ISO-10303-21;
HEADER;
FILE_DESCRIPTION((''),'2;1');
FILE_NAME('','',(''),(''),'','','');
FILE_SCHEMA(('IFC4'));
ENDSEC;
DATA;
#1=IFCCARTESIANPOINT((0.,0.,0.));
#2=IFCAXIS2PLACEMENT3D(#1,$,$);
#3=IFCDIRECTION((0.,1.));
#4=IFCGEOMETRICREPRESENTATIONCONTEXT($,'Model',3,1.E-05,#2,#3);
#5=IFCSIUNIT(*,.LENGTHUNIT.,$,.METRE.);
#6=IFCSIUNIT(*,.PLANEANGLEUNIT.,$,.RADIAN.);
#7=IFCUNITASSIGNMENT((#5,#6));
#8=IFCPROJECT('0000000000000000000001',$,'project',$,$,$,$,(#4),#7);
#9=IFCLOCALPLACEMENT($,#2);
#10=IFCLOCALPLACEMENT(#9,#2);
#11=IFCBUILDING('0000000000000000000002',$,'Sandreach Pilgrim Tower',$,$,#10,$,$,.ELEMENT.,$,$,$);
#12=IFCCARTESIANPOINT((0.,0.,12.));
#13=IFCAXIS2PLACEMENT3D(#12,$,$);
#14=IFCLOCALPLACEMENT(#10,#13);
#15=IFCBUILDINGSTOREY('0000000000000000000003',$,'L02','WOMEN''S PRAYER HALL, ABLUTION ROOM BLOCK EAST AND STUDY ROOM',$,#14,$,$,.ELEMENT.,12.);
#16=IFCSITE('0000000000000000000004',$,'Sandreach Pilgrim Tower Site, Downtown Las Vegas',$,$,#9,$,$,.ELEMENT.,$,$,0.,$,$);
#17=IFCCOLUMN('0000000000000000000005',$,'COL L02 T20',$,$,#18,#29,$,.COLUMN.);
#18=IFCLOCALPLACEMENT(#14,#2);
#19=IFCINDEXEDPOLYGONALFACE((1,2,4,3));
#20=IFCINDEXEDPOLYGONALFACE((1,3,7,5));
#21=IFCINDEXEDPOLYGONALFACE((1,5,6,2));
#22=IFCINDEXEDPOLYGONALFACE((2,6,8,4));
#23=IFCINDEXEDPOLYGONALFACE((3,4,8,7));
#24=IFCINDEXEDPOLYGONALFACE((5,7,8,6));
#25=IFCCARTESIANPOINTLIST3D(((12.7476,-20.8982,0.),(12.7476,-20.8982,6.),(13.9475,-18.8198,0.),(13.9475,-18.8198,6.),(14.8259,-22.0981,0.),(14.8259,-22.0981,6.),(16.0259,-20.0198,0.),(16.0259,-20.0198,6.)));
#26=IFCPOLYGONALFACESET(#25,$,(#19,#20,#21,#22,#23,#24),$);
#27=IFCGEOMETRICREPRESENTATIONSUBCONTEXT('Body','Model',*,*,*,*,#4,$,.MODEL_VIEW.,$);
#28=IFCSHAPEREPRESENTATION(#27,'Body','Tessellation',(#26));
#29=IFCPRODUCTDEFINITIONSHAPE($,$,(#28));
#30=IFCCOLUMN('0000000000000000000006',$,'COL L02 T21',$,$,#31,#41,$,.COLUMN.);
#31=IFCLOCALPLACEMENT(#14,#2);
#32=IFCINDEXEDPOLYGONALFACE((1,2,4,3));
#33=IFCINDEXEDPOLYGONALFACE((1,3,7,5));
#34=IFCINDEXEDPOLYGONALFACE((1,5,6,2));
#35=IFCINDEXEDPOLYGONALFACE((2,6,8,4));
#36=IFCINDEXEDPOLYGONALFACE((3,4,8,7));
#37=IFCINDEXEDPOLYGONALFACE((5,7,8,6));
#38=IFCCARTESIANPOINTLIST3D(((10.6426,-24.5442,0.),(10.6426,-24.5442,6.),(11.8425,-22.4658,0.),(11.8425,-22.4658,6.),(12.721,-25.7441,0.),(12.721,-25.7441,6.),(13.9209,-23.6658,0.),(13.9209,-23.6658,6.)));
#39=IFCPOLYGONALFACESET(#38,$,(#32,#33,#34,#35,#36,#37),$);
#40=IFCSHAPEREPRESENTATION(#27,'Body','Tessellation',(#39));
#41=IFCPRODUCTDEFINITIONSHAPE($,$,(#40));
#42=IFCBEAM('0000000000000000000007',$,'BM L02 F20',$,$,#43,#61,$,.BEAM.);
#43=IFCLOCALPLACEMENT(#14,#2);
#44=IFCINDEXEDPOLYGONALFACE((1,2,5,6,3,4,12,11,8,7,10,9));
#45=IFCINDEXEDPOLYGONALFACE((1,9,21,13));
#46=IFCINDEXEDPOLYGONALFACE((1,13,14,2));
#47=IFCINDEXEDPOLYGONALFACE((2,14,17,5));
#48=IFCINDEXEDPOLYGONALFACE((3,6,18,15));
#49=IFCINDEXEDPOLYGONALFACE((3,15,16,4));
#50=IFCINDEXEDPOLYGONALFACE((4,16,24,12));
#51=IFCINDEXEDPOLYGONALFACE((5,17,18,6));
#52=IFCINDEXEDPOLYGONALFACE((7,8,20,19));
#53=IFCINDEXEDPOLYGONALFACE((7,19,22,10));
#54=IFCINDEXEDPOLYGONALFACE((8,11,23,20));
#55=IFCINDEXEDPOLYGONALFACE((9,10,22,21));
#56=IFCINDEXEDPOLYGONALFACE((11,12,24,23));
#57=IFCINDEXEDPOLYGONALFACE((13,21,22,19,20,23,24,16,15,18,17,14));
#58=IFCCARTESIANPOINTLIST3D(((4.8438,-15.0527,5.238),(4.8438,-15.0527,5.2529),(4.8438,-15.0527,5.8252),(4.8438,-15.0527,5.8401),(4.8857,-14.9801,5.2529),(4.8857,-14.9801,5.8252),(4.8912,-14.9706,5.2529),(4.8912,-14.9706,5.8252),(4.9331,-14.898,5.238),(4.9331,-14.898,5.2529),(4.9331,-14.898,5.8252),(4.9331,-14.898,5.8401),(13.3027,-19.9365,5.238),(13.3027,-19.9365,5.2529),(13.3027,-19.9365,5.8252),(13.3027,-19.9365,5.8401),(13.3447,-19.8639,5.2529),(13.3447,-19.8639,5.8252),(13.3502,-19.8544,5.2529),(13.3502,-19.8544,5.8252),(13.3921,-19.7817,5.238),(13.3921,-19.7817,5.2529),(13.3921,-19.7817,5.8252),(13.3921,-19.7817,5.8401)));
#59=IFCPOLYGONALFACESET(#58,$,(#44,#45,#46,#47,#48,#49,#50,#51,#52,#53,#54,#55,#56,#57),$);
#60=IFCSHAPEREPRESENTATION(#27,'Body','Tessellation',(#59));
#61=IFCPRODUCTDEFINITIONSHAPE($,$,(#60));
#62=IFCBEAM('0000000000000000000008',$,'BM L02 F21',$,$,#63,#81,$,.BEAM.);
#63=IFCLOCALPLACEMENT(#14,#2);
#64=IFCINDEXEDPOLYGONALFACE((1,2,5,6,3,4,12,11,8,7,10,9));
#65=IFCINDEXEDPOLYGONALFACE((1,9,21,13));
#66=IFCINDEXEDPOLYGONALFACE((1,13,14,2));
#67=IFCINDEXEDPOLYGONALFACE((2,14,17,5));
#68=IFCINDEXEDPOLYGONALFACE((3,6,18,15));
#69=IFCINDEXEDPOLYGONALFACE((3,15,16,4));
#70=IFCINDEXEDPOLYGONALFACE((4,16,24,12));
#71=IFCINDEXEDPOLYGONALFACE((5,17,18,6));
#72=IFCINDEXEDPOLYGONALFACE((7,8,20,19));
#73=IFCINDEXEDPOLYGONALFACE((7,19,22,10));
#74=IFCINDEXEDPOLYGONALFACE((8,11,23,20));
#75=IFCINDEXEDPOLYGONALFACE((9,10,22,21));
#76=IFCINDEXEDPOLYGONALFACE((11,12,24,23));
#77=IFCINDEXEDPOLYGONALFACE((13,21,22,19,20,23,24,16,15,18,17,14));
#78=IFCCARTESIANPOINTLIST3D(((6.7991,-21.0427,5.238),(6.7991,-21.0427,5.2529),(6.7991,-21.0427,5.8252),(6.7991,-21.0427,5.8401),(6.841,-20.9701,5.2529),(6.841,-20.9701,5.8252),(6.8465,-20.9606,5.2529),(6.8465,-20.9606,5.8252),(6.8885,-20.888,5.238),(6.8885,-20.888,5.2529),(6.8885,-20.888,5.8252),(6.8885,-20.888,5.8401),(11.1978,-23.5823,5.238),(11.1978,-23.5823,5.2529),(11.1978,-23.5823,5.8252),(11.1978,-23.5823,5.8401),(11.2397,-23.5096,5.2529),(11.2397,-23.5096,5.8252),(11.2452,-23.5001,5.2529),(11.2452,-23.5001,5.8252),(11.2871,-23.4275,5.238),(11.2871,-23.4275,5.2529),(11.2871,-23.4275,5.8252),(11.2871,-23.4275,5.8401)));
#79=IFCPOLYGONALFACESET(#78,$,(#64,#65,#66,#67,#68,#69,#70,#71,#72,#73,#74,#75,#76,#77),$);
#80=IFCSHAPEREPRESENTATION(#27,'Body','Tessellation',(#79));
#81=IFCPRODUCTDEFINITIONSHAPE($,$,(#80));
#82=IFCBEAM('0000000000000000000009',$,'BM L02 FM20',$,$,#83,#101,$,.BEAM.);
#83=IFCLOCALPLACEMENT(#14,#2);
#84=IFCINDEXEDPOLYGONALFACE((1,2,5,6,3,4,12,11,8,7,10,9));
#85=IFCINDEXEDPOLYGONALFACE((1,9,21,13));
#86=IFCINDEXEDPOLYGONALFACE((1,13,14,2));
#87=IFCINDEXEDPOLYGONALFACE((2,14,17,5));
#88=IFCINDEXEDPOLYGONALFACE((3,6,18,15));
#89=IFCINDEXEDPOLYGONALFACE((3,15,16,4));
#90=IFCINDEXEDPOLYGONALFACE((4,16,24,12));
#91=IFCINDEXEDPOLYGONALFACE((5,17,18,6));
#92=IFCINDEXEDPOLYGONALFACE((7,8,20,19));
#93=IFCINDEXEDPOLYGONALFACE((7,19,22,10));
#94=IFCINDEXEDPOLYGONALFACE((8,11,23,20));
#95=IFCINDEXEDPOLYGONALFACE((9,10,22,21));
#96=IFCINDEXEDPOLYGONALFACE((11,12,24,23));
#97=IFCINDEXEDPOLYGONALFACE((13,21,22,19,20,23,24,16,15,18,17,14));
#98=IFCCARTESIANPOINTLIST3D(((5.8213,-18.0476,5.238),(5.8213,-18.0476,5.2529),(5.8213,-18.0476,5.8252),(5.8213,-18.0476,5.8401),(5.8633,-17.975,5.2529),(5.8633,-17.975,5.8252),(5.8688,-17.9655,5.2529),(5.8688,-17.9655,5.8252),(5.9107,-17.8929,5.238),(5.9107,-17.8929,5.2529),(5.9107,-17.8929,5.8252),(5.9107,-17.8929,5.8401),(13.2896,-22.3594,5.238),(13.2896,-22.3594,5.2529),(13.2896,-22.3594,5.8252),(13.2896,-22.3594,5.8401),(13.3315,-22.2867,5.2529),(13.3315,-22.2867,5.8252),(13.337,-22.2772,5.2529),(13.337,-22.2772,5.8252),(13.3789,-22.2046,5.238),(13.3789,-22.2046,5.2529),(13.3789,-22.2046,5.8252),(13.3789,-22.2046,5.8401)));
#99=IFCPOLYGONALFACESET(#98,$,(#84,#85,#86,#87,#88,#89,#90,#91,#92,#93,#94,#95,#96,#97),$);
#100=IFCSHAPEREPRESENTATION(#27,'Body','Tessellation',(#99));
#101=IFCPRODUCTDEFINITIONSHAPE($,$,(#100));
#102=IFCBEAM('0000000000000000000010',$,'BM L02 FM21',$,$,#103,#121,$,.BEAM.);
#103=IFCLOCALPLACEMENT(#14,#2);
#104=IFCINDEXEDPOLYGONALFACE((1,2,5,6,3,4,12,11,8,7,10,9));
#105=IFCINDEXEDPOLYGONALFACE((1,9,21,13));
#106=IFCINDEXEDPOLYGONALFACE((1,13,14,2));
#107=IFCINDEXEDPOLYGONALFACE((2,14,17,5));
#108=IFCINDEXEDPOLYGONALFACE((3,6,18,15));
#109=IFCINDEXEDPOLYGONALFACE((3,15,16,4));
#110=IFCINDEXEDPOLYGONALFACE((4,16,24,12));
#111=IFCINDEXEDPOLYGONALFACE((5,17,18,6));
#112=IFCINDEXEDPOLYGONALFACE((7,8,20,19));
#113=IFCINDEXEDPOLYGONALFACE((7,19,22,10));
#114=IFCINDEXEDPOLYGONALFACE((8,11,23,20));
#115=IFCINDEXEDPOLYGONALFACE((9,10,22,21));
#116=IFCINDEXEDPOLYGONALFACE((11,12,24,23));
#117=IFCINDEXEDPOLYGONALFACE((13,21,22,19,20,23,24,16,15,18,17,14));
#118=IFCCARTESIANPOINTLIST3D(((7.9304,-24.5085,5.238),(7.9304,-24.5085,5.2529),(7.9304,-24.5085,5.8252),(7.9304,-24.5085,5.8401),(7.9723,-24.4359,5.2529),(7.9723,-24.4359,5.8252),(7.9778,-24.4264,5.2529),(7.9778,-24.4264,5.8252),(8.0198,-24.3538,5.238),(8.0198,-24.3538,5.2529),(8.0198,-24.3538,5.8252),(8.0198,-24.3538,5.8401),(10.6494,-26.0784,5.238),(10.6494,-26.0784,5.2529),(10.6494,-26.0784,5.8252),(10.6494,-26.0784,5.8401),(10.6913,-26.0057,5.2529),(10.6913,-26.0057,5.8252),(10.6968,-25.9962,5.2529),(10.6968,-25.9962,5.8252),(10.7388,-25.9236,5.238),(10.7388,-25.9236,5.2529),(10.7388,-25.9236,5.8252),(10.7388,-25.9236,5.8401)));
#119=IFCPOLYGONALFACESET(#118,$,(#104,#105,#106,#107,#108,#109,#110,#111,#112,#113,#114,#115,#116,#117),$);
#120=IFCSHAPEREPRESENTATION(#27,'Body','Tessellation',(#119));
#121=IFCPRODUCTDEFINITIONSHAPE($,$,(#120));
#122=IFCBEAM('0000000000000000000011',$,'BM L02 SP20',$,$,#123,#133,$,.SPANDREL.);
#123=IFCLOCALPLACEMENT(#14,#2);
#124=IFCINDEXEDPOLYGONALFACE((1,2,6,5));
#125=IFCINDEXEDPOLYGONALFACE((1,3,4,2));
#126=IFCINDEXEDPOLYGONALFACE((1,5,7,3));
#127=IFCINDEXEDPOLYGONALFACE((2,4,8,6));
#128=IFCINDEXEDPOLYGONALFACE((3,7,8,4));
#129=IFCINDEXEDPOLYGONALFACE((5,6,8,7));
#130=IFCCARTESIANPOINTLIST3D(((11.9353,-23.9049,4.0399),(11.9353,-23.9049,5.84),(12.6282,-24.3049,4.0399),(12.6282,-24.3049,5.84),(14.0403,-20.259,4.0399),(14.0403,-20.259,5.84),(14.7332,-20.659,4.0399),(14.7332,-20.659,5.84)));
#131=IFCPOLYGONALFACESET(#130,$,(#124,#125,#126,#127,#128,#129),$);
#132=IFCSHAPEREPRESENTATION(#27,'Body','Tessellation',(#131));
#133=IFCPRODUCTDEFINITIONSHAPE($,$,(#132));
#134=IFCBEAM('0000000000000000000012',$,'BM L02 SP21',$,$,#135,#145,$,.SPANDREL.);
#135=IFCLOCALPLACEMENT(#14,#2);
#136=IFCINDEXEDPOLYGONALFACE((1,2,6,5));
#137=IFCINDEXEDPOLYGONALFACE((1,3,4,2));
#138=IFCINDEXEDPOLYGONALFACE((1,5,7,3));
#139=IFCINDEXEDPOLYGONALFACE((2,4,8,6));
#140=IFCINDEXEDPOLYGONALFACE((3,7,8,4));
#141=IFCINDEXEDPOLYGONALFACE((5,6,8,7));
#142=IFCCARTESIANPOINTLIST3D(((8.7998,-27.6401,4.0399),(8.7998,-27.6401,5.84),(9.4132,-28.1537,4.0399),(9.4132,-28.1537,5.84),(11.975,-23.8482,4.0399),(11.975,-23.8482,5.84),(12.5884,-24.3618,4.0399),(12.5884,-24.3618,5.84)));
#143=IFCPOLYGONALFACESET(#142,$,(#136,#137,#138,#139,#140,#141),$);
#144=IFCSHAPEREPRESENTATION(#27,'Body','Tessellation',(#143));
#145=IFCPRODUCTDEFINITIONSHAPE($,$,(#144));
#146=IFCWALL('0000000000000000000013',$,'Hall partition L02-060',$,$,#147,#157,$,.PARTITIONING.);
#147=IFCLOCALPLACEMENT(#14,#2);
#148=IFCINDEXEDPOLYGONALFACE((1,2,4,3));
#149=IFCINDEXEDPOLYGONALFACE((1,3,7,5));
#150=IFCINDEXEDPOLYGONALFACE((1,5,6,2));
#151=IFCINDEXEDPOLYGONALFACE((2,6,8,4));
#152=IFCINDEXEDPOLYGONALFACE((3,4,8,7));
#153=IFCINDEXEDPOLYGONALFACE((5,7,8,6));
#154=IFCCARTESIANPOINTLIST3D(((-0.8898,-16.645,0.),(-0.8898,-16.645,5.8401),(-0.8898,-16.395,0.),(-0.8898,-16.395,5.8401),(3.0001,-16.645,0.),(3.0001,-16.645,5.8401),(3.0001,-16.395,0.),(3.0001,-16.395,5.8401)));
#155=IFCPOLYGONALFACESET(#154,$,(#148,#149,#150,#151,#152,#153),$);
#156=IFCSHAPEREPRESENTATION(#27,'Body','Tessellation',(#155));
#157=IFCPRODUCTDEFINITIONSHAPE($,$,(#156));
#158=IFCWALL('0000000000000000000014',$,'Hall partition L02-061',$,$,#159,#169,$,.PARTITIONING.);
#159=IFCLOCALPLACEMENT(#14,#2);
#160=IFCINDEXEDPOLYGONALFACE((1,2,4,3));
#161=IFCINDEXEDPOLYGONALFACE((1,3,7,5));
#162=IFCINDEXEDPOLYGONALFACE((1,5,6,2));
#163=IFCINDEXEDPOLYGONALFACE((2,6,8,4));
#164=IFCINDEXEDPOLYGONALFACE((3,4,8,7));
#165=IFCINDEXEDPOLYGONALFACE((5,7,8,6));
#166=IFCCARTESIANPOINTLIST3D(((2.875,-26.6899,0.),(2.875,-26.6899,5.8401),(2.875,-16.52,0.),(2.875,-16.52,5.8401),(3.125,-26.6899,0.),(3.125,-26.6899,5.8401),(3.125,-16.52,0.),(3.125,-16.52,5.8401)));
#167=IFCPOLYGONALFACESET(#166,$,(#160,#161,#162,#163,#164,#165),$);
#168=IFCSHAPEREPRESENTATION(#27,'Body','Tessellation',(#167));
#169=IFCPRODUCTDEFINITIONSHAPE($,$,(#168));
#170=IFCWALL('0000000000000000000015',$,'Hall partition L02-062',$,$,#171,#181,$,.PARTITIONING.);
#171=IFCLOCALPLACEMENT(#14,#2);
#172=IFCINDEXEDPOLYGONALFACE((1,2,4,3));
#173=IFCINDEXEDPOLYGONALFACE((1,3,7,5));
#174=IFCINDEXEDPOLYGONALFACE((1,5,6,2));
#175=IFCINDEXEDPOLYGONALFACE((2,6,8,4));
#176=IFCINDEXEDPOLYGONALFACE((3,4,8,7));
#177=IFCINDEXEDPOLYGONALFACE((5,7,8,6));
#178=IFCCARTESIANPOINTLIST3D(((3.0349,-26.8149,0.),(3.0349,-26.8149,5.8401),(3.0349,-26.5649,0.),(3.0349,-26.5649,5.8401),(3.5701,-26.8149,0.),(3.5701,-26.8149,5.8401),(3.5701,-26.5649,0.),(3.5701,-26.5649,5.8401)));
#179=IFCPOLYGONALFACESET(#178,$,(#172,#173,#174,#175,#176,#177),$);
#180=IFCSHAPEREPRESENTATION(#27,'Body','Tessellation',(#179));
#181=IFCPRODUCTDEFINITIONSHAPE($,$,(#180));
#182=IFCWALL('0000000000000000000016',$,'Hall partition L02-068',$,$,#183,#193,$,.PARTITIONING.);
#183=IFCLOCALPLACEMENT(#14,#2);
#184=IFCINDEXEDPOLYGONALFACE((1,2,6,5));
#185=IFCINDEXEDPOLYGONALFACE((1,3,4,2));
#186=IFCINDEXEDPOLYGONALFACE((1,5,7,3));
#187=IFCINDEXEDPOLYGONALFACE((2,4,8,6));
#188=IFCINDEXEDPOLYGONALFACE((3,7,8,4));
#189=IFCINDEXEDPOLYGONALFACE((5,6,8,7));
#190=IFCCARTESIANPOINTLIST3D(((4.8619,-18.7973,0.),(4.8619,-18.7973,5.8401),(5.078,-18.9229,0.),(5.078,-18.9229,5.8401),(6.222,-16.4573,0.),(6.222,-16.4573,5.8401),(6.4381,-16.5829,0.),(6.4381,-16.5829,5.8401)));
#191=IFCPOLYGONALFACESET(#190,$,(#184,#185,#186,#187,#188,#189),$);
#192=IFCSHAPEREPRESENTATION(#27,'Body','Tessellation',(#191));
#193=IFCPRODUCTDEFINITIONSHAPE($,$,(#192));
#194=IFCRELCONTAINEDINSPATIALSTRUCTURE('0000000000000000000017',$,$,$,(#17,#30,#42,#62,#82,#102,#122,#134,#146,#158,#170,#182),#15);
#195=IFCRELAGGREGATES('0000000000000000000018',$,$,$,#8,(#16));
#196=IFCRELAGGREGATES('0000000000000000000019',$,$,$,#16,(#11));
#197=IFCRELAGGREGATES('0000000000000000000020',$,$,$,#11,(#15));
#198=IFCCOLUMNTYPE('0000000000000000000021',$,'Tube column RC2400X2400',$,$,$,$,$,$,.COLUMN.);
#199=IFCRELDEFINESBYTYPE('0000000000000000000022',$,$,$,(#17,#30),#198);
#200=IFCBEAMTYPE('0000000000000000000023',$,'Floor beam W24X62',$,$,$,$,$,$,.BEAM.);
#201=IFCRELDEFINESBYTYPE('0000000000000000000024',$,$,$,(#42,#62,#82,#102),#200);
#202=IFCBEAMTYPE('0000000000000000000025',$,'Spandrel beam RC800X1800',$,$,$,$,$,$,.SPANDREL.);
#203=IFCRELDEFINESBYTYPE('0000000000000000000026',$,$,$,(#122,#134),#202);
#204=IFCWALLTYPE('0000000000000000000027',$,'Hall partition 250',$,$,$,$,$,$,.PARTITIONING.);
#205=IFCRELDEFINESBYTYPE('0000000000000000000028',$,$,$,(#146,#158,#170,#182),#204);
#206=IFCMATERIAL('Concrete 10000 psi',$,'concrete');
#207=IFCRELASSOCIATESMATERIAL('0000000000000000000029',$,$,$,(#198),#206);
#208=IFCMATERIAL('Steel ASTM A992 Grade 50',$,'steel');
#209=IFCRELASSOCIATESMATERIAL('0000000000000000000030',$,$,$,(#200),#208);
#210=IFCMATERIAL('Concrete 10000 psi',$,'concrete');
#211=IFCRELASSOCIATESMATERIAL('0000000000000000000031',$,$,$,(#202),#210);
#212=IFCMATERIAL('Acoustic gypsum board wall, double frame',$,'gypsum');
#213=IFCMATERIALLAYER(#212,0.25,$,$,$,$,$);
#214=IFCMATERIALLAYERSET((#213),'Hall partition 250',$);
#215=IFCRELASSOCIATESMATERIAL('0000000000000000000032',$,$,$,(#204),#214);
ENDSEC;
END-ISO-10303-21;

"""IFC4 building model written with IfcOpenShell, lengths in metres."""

from ifc_helpers import new_model, si_unit, direction, frame, frame_2d, origin, origin_2d, place, context, subcontext, project, spatial, rectangle, i_section, extrude, material, layer, layer_set, material_profile, profile_set, type_object, element, save


model = new_model("IFC4")

# Units and contexts
model_context = context("Model", 3, precision=1e-05, world=origin(), true_north=direction((0.0, 1.0)))
body_context = subcontext(model_context, "Body", "Model", "MODEL_VIEW")
ifc_project = project(units=[si_unit("LENGTHUNIT", "METRE"), si_unit("PLANEANGLEUNIT", "RADIAN")], contexts=[model_context])

# Site, building, storey
site_placement = place(None, origin())
site = spatial("IfcSite", under=ifc_project, at=site_placement, Name="Sandreach Pilgrim Tower Site, Downtown Las Vegas", CompositionType="ELEMENT", RefElevation=0.0)
building_placement = place(site_placement, origin())
building = spatial("IfcBuilding", under=site, at=building_placement, Name="Sandreach Pilgrim Tower", CompositionType="ELEMENT")
storey_placement = place(building_placement, frame((0.0, 0.0, 12.0)))
storey = spatial("IfcBuildingStorey", under=building, at=storey_placement, Name="L02", Description="WOMEN'S PRAYER HALL, ABLUTION ROOM BLOCK EAST AND STUDY ROOM", CompositionType="ELEMENT", Elevation=12.0)

# Columns
ifc_material_1 = material(Name="Concrete 10000 psi", Category="concrete")
ifc_material_profile_1 = material_profile(ifc_material_1, rectangle(XDim=2.3999, YDim=2.3999, at=origin_2d()), Name="RC2400X2400")
ifc_profile_set_1 = profile_set([ifc_material_profile_1], Name="Concrete 10000 psi")
column_type = type_object("IfcColumnType", Name="Tube column RC2400X2400", PredefinedType="COLUMN", material=ifc_profile_set_1)
for number, where, z_axis, x_axis, name in (
    (1, (14.3867, -20.459, 0.0), (0.0, 0.0, 1.0), (0.866025, -0.5, 0.0), "COL L02 T20"),
    (2, (12.2817, -24.105, 0.0), (0.0, 0.0, 1.0), (0.866025, -0.5, 0.0), "COL L02 T21"),
):
    element("IfcColumn", number, at=place(storey_placement, frame(where, z_axis=z_axis, x_axis=x_axis)), inside=storey, type_object=column_type, Name=name, PredefinedType="COLUMN", context=body_context, shape_type="SweptSolid", body=[
        extrude(rectangle(XDim=2.3999, YDim=2.3999, at=origin_2d()), origin(), (0.0, 0.0, 1.0), 6.0),
    ])

# Beams
ifc_material_2 = material(Name="Steel ASTM A992 Grade 50", Category="steel")
ifc_material_profile_2 = material_profile(ifc_material_2, i_section(OverallWidth=0.1787, OverallDepth=0.6021, WebThickness=0.011, FlangeThickness=0.0149, at=origin_2d()), Name="W24X62")
ifc_profile_set_2 = profile_set([ifc_material_profile_2], Name="Steel ASTM A992 Grade 50")
beam_type_1 = type_object("IfcBeamType", Name="Floor beam W24X62", PredefinedType="BEAM", material=ifc_profile_set_2)
beam_1_placement = place(storey_placement, frame((13.3474, -19.8591, 5.5391), z_axis=(-0.866026, 0.499999, 0.0), x_axis=(-0.499999, -0.866026, 0.0)))
element("IfcBeam", 3, at=beam_1_placement, inside=storey, type_object=beam_type_1, Name="BM L02 F20", PredefinedType="BEAM", context=body_context, shape_type="SweptSolid", body=[
    extrude(i_section(OverallWidth=0.1787, OverallDepth=0.6021, WebThickness=0.011, FlangeThickness=0.0149, at=origin_2d()), origin(), (0.0, 0.0, 1.0), 9.7676),
])
beam_2_placement = place(storey_placement, frame((11.2424, -23.5049, 5.5391), z_axis=(-0.866028, 0.499996, 0.0), x_axis=(-0.499996, -0.866028, 0.0)))
element("IfcBeam", 4, at=beam_2_placement, inside=storey, type_object=beam_type_1, Name="BM L02 F21", PredefinedType="BEAM", context=body_context, shape_type="SweptSolid", body=[
    extrude(i_section(OverallWidth=0.1787, OverallDepth=0.6021, WebThickness=0.011, FlangeThickness=0.0149, at=origin_2d()), origin(), (0.0, 0.0, 1.0), 5.0791),
])
beam_3_placement = place(storey_placement, frame((13.3342, -22.282, 5.5391), z_axis=(-0.866027, 0.499997, 0.0), x_axis=(-0.499997, -0.866027, 0.0)))
element("IfcBeam", 5, at=beam_3_placement, inside=storey, type_object=beam_type_1, Name="BM L02 FM20", PredefinedType="BEAM", context=body_context, shape_type="SweptSolid", body=[
    extrude(i_section(OverallWidth=0.1787, OverallDepth=0.6021, WebThickness=0.011, FlangeThickness=0.0149, at=origin_2d()), origin(), (0.0, 0.0, 1.0), 8.6235),
])
beam_4_placement = place(storey_placement, frame((10.6941, -26.001, 5.5391), z_axis=(-0.866024, 0.500003, 0.0), x_axis=(-0.500003, -0.866024, 0.0)))
element("IfcBeam", 6, at=beam_4_placement, inside=storey, type_object=beam_type_1, Name="BM L02 FM21", PredefinedType="BEAM", context=body_context, shape_type="SweptSolid", body=[
    extrude(i_section(OverallWidth=0.1787, OverallDepth=0.6021, WebThickness=0.011, FlangeThickness=0.0149, at=origin_2d()), origin(), (0.0, 0.0, 1.0), 3.1396),
])
ifc_material_3 = material(Name="Concrete 10000 psi", Category="concrete")
ifc_material_profile_3 = material_profile(ifc_material_3, rectangle(XDim=0.8, YDim=1.8, at=origin_2d()), Name="RC800X1800")
ifc_profile_set_3 = profile_set([ifc_material_profile_3], Name="Concrete 10000 psi")
beam_type_2 = type_object("IfcBeamType", Name="Spandrel beam RC800X1800", PredefinedType="SPANDREL", material=ifc_profile_set_3)
beam_5_placement = place(storey_placement, frame((14.3867, -20.459, 4.9399), z_axis=(-0.499994, -0.866029, 0.0), x_axis=(0.866029, -0.499994, 0.0)))
element("IfcBeam", 7, at=beam_5_placement, inside=storey, type_object=beam_type_2, Name="BM L02 SP20", PredefinedType="SPANDREL", context=body_context, shape_type="SweptSolid", body=[
    extrude(rectangle(XDim=0.8, YDim=1.8, at=origin_2d()), origin(), (0.0, 0.0, 1.0), 4.21),
])
beam_6_placement = place(storey_placement, frame((12.2817, -24.105, 4.9399), z_axis=(-0.642008, -0.766698, 0.0), x_axis=(0.766698, -0.642008, 0.0)))
element("IfcBeam", 8, at=beam_6_placement, inside=storey, type_object=beam_type_2, Name="BM L02 SP21", PredefinedType="SPANDREL", context=body_context, shape_type="SweptSolid", body=[
    extrude(rectangle(XDim=0.8, YDim=1.8, at=origin_2d()), origin(), (0.0, 0.0, 1.0), 4.9458),
])

# Walls
ifc_material_4 = material(Name="Acoustic gypsum board wall, double frame", Category="gypsum")
ifc_layer_1 = layer(ifc_material_4, 0.25)
ifc_layer_set_1 = layer_set([ifc_layer_1], Name="Hall partition 250")
wall_type_1 = type_object("IfcWallType", Name="Hall partition 250", PredefinedType="PARTITIONING", material=ifc_layer_set_1)
wall_1_placement = place(storey_placement, frame((3.0, -16.52, 0.0), z_axis=(0.0, 0.0, 1.0), x_axis=(-1.0, 0.0, 0.0)))
element("IfcWall", 9, at=wall_1_placement, inside=storey, type_object=wall_type_1, Name="Hall partition L02-060", PredefinedType="PARTITIONING", context=body_context, shape_type="SweptSolid", body=[
    extrude(rectangle(XDim=3.8899, YDim=0.25, at=frame_2d((1.9448, 0.0))), origin(), (0.0, 0.0, 1.0), 5.8401),
])
wall_2_placement = place(storey_placement, frame((3.0, -16.52, 0.0), z_axis=(0.0, 0.0, 1.0), x_axis=(0.0, -1.0, 0.0)))
element("IfcWall", 10, at=wall_2_placement, inside=storey, type_object=wall_type_1, Name="Hall partition L02-061", PredefinedType="PARTITIONING", context=body_context, shape_type="SweptSolid", body=[
    extrude(rectangle(XDim=10.1699, YDim=0.25, at=frame_2d((5.085, 0.0))), origin(), (0.0, 0.0, 1.0), 5.8401),
])
wall_3_placement = place(storey_placement, frame((3.0349, -26.6899, 0.0), z_axis=(0.0, 0.0, 1.0), x_axis=(1.0, 0.0, 0.0)))
element("IfcWall", 11, at=wall_3_placement, inside=storey, type_object=wall_type_1, Name="Hall partition L02-062", PredefinedType="PARTITIONING", context=body_context, shape_type="SweptSolid", body=[
    extrude(rectangle(XDim=0.5352, YDim=0.25, at=frame_2d((0.2676, 0.0))), origin(), (0.0, 0.0, 1.0), 5.8401),
])
wall_4_placement = place(storey_placement, frame((4.97, -18.8601, 0.0), z_axis=(0.0, 0.0, 1.0), x_axis=(0.502508, 0.864573, 0.0)))
element("IfcWall", 12, at=wall_4_placement, inside=storey, type_object=wall_type_1, Name="Hall partition L02-068", PredefinedType="PARTITIONING", context=body_context, shape_type="SweptSolid", body=[
    extrude(rectangle(XDim=2.7065, YDim=0.25, at=frame_2d((1.3533, 0.0))), origin(), (0.0, 0.0, 1.0), 5.8401),
])

save(model, "model.ifc")
